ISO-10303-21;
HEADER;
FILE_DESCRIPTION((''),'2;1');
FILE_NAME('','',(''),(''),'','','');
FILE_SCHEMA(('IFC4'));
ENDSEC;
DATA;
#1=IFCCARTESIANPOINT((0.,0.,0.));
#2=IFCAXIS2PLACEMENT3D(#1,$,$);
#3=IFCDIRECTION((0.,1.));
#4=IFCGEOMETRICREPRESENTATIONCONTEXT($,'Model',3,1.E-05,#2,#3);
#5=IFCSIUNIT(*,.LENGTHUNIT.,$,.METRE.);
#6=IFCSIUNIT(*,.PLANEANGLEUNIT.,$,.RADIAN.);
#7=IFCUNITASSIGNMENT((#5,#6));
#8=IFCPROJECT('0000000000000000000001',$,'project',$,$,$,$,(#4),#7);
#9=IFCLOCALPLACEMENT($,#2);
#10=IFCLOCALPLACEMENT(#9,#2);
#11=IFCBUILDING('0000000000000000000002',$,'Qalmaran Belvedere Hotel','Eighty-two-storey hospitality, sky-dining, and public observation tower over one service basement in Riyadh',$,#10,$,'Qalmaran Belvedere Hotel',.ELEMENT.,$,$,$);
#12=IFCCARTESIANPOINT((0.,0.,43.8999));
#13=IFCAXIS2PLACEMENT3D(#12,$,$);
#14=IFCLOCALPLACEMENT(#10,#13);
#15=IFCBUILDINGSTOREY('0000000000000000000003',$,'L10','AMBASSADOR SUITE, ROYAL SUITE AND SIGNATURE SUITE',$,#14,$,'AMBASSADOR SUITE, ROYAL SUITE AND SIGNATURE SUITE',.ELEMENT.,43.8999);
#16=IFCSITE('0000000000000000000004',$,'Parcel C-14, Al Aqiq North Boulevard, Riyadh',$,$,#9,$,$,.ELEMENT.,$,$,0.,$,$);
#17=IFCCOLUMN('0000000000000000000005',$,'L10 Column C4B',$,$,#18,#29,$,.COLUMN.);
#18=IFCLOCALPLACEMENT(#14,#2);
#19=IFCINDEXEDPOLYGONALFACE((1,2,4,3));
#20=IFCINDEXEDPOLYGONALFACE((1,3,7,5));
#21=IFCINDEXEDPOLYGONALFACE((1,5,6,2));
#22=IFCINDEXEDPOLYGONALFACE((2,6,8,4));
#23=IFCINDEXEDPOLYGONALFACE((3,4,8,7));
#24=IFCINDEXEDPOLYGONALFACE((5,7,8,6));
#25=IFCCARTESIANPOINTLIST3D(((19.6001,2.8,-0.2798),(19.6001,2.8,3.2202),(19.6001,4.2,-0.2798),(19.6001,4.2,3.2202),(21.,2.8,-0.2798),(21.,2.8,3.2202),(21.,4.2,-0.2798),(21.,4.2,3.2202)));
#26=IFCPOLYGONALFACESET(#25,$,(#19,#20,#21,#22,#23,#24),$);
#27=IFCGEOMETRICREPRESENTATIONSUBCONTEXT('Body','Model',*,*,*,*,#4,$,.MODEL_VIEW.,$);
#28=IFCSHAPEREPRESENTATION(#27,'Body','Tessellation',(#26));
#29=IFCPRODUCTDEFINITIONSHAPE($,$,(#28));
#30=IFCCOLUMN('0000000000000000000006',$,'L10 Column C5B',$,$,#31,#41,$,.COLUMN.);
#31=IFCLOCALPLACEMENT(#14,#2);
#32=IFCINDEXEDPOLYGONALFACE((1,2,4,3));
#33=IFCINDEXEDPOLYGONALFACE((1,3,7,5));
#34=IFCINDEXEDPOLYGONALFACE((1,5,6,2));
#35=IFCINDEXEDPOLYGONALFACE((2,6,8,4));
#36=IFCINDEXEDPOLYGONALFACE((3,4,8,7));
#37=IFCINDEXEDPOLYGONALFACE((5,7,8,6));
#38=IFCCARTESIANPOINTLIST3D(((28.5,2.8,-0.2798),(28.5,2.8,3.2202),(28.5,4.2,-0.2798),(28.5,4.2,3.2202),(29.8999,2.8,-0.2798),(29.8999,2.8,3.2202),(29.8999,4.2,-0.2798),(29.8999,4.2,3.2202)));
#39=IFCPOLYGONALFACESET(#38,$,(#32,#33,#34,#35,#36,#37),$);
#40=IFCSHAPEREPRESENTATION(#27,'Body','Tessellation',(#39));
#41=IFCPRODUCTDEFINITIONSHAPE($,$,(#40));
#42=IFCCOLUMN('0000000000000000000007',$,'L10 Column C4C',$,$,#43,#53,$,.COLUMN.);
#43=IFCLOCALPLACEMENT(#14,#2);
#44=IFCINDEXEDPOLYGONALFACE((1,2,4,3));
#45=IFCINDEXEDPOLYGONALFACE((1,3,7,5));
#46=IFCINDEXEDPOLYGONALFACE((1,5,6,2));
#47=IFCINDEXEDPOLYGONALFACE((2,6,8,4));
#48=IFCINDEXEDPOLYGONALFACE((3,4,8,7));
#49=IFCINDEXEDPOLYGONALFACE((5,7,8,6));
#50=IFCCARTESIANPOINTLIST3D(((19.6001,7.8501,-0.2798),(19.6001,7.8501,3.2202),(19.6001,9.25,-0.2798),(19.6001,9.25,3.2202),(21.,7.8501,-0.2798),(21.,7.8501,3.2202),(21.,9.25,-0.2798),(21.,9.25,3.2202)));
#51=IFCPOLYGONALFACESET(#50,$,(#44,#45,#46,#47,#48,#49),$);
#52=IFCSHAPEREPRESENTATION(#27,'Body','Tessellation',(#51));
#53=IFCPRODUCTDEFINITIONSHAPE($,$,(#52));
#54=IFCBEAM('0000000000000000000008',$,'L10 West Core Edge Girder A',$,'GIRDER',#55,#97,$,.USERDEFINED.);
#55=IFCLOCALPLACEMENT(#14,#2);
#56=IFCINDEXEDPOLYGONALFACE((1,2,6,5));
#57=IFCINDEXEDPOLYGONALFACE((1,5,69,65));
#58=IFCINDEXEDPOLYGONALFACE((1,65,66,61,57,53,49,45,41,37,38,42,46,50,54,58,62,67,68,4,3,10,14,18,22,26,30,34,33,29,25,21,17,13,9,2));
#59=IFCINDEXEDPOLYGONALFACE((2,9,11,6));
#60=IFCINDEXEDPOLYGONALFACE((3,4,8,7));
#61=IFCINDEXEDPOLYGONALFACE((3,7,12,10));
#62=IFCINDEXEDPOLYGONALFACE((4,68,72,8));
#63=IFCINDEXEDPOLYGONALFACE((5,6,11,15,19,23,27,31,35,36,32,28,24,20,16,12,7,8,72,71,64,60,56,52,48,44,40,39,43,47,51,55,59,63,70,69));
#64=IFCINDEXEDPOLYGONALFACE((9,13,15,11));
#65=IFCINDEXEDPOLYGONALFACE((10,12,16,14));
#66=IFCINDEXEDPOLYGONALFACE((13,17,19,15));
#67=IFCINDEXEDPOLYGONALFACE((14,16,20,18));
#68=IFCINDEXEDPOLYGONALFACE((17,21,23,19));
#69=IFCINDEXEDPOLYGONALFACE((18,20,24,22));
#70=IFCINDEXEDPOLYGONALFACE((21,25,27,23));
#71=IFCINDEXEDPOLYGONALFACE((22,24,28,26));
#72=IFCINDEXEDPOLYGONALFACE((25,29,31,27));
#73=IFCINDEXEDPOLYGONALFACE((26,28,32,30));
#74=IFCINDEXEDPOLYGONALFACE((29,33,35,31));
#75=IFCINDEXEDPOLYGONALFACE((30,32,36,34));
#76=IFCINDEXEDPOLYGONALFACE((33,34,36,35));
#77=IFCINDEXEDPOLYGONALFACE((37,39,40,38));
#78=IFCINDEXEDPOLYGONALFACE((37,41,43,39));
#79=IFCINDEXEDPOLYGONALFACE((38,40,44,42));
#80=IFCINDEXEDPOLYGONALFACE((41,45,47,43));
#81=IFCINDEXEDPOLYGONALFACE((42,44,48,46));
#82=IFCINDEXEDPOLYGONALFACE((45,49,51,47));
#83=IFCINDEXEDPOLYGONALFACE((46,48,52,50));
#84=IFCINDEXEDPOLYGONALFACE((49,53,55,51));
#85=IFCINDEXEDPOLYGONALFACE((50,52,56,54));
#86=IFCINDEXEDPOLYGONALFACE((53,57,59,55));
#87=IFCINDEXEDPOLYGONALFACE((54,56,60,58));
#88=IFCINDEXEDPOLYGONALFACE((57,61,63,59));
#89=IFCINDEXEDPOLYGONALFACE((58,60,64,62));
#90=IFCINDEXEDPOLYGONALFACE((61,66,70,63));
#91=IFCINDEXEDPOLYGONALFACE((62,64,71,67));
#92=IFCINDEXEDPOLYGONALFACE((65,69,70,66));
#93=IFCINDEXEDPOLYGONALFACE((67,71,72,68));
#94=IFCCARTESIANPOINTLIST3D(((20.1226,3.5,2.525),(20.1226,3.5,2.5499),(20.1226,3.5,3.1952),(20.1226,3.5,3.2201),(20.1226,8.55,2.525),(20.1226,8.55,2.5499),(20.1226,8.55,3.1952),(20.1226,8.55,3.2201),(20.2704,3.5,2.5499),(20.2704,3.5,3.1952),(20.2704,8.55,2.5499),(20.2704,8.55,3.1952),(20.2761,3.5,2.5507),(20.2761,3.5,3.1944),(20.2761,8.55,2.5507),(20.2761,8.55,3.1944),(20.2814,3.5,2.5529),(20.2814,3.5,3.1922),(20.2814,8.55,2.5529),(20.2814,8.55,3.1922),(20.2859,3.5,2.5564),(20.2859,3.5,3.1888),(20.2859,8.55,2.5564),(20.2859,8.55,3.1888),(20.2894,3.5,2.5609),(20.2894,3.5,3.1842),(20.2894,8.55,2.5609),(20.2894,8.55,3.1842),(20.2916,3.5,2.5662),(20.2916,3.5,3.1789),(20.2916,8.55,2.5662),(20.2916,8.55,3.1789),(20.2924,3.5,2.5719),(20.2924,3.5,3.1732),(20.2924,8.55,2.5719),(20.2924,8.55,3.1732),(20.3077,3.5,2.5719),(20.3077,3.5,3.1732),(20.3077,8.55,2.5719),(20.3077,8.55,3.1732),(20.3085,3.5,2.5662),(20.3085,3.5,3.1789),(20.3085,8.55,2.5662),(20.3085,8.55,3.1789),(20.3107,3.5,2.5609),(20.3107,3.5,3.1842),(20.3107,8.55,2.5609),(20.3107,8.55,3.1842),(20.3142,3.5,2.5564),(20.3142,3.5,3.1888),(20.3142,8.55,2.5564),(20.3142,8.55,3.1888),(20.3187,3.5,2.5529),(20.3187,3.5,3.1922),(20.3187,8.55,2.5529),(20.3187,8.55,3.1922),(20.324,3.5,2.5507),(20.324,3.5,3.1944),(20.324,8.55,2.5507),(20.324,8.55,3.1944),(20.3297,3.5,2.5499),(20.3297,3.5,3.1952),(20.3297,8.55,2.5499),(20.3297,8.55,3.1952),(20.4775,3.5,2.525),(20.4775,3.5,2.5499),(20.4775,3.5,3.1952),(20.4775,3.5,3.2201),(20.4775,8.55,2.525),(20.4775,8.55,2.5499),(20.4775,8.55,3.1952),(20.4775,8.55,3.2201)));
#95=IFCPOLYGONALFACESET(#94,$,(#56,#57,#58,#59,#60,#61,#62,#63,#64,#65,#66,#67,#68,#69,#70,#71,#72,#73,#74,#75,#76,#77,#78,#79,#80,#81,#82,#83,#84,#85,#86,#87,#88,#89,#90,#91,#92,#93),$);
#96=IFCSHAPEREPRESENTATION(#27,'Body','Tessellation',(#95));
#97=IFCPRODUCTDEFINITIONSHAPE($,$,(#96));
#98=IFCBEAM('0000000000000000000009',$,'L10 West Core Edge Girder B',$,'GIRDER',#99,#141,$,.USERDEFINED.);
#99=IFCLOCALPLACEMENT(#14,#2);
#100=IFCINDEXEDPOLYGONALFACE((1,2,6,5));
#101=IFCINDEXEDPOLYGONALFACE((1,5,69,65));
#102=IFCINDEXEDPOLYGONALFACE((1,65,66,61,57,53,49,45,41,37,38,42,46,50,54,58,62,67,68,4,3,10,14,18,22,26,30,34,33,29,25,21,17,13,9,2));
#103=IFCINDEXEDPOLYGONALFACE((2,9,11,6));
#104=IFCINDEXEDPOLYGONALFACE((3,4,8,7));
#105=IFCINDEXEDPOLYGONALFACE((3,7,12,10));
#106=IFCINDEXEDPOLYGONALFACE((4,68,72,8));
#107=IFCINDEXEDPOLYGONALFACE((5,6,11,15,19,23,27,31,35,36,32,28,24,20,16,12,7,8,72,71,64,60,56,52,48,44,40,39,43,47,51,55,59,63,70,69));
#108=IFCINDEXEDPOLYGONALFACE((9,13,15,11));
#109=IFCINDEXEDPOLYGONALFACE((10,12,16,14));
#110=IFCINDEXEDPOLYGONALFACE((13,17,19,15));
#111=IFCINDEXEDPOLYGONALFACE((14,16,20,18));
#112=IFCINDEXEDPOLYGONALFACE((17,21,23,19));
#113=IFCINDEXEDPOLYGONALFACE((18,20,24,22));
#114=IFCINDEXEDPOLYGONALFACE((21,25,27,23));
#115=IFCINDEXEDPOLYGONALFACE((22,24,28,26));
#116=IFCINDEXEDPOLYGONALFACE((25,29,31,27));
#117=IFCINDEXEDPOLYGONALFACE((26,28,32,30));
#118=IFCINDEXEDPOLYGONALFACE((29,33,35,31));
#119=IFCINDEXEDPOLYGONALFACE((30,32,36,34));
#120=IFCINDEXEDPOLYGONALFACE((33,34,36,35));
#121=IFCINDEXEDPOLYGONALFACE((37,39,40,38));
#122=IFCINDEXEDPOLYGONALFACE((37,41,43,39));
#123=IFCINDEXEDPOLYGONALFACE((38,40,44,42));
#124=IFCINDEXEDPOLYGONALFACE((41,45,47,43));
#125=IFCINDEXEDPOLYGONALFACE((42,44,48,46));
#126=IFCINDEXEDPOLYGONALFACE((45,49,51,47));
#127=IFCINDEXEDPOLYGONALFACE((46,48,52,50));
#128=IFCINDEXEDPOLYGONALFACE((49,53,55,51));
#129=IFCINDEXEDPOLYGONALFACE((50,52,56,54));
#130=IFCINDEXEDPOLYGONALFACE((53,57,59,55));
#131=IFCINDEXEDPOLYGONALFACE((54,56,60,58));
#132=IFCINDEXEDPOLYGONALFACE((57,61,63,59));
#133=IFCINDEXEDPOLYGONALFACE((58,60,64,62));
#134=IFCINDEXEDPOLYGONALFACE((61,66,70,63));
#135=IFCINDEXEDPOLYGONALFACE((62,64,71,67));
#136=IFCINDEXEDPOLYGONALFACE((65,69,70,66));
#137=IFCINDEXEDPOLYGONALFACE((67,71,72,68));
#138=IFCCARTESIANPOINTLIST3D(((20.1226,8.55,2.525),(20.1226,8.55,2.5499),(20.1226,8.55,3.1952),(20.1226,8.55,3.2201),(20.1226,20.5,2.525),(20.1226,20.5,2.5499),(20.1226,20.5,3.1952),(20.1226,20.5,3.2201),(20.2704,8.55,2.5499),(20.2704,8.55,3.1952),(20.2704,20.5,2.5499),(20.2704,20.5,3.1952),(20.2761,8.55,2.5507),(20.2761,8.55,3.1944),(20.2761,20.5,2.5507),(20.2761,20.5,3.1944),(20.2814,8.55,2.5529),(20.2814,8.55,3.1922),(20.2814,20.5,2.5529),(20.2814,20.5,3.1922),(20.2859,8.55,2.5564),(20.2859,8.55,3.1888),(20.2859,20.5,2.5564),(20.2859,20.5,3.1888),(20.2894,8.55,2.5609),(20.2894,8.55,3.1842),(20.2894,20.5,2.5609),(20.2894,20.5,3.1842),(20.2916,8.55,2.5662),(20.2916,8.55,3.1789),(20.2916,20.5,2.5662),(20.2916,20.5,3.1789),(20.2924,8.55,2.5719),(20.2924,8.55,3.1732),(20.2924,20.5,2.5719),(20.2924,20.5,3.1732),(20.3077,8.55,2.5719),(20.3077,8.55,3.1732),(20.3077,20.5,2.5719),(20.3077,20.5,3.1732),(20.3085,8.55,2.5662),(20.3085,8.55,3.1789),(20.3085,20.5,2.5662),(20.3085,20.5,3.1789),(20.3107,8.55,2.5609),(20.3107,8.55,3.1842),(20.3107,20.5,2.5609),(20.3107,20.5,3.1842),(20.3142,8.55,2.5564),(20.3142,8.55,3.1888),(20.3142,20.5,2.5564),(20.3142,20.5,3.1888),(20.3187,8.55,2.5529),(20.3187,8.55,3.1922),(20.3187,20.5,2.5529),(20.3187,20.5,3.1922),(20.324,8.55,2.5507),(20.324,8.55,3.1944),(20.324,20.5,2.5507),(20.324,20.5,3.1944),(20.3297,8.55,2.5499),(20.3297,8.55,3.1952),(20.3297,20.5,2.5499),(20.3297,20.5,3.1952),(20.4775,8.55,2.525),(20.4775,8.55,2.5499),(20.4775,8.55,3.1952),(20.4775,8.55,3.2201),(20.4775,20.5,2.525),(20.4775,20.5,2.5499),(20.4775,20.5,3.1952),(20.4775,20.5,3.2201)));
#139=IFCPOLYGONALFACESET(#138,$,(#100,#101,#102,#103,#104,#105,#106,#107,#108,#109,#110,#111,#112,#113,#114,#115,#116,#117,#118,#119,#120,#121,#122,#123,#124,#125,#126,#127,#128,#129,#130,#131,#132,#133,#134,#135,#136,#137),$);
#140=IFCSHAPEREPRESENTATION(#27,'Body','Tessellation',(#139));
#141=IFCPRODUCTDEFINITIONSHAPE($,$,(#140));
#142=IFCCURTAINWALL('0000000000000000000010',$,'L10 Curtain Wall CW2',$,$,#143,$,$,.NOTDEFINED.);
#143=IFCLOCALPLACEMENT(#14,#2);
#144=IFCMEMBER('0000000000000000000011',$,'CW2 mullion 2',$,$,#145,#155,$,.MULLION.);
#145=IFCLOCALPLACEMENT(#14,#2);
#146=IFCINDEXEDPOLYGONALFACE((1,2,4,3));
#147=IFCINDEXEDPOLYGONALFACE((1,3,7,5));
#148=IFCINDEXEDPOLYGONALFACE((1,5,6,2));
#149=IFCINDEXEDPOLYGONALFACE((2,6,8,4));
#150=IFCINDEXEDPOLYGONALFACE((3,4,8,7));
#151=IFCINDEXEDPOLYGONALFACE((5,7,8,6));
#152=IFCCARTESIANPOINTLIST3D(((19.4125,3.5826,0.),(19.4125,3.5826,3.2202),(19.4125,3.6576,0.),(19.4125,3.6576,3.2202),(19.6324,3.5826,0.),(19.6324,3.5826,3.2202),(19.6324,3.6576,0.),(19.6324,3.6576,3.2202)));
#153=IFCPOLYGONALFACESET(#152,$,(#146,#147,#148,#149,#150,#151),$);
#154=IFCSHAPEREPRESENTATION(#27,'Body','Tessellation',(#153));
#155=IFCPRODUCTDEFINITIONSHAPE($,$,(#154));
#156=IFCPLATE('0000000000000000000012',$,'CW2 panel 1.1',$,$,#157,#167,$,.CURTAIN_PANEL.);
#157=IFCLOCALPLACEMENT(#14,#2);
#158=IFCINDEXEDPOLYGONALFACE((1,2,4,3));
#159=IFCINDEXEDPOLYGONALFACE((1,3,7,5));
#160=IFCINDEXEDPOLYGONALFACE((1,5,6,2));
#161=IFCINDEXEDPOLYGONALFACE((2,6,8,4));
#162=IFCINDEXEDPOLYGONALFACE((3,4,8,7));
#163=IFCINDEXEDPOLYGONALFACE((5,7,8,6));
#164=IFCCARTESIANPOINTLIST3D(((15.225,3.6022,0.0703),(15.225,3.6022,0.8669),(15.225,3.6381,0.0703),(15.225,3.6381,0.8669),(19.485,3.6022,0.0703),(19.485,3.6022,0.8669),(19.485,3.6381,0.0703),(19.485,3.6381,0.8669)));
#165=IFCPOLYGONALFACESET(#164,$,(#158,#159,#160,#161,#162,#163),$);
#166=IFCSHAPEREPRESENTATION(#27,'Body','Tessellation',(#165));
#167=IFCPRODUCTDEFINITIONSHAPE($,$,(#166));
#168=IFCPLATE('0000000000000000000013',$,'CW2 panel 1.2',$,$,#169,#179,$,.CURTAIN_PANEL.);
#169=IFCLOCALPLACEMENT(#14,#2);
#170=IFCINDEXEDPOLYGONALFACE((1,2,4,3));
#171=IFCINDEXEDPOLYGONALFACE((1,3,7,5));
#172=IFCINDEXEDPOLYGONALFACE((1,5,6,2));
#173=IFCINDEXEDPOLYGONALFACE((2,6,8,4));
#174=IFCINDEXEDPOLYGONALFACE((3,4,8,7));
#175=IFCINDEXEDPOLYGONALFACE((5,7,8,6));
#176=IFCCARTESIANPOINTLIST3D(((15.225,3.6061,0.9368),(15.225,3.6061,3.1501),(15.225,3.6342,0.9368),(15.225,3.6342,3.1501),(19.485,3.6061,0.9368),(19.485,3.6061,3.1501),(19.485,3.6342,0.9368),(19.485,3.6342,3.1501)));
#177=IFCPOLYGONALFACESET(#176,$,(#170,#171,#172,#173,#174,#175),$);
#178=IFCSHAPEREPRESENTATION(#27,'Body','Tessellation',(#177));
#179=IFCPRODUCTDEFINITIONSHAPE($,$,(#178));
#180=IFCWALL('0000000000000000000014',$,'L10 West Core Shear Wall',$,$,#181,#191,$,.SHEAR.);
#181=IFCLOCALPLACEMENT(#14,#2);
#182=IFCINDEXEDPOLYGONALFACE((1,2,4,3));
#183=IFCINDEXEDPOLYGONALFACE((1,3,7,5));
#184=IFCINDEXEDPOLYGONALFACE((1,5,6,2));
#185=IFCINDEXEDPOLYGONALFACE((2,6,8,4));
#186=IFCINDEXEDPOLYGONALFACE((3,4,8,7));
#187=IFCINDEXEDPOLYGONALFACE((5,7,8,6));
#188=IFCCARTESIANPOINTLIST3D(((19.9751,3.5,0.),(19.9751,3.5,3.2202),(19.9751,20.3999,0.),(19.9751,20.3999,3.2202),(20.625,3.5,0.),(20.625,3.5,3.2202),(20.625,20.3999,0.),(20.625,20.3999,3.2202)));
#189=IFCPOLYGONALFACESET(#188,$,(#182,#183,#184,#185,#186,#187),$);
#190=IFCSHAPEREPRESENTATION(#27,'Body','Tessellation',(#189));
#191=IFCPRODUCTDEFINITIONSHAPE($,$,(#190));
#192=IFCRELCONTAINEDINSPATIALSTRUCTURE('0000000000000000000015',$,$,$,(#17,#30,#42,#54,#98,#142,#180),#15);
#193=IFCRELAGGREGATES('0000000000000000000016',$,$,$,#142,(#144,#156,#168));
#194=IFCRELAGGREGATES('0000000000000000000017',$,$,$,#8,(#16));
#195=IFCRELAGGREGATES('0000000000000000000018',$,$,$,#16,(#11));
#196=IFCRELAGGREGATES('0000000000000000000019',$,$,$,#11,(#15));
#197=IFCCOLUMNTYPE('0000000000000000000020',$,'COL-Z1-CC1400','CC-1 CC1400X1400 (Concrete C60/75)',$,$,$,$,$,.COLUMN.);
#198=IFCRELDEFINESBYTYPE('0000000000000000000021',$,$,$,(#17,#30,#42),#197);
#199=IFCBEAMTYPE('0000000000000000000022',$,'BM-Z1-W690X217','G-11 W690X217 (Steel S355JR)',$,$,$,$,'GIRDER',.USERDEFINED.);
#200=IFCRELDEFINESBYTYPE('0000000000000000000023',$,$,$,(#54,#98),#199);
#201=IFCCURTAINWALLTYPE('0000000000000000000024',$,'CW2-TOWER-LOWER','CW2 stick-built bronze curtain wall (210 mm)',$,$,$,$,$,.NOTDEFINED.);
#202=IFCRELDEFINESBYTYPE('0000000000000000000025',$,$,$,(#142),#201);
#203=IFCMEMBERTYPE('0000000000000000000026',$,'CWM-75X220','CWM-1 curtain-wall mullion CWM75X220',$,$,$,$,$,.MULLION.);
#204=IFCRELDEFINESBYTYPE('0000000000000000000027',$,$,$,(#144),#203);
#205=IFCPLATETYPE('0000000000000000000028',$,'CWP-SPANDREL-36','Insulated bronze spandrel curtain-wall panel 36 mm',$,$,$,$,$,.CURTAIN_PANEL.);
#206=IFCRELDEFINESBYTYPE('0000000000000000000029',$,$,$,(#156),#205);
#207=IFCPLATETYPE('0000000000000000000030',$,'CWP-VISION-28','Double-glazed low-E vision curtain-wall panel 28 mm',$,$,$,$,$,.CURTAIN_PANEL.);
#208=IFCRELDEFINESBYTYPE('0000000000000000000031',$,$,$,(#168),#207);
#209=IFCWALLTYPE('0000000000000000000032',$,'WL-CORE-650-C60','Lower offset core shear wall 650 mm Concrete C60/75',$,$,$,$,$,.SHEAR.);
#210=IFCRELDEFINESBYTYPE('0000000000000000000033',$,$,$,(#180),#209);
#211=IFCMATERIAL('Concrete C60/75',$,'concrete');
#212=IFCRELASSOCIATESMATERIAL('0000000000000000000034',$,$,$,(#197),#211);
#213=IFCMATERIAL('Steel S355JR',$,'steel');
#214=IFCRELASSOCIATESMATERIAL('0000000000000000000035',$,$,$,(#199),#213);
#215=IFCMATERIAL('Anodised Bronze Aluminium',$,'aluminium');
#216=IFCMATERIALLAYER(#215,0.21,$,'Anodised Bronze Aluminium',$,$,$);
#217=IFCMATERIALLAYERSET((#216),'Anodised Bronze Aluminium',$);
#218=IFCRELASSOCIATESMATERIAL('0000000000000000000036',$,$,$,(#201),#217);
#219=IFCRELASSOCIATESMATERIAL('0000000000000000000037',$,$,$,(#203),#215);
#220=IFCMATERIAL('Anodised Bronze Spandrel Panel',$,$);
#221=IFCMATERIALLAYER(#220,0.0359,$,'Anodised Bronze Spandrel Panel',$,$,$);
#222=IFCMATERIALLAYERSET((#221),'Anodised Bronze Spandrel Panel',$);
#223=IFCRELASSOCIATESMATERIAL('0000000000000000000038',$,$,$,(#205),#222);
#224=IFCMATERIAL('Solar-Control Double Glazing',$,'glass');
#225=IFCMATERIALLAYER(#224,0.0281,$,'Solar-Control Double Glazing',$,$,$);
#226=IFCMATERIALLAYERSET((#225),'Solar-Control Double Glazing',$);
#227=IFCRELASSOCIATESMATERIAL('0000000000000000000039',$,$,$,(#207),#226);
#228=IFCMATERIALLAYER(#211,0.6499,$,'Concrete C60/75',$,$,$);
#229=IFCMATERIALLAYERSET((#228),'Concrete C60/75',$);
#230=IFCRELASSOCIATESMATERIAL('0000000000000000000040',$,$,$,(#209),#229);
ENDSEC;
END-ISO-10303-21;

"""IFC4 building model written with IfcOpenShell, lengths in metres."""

from ifc_helpers import new_model, si_unit, direction, frame, frame_2d, origin, origin_2d, place, context, subcontext, project, spatial, rectangle, i_section, extrude, material, layer, layer_set, material_profile, profile_set, type_object, element, aggregate, save


model = new_model("IFC4")

# Units and contexts
model_context = context("Model", 3, precision=1e-05, world=origin(), true_north=direction((0.0, 1.0)))
body_context = subcontext(model_context, "Body", "Model", "MODEL_VIEW")
ifc_project = project(units=[si_unit("LENGTHUNIT", "METRE"), si_unit("PLANEANGLEUNIT", "RADIAN")], contexts=[model_context])

# Site, building, storey
site_placement = place(None, origin())
site = spatial("IfcSite", under=ifc_project, at=site_placement, Name="Parcel C-14, Al Aqiq North Boulevard, Riyadh", CompositionType="ELEMENT", RefElevation=0.0)
building_placement = place(site_placement, origin())
building = spatial("IfcBuilding", under=site, at=building_placement, Name="Qalmaran Belvedere Hotel", Description="Eighty-two-storey hospitality, sky-dining, and public observation tower over one service basement in Riyadh", LongName="Qalmaran Belvedere Hotel", CompositionType="ELEMENT")
storey_placement = place(building_placement, frame((0.0, 0.0, 43.8999)))
storey = spatial("IfcBuildingStorey", under=building, at=storey_placement, Name="L10", Description="AMBASSADOR SUITE, ROYAL SUITE AND SIGNATURE SUITE", LongName="AMBASSADOR SUITE, ROYAL SUITE AND SIGNATURE SUITE", CompositionType="ELEMENT", Elevation=43.8999)

# Columns
ifc_material_1 = material(Name="Concrete C60/75", Category="concrete")
ifc_material_profile_1 = material_profile(ifc_material_1, rectangle(XDim=1.3999, YDim=1.3999, at=origin_2d()), Name="CC1400X1400")
ifc_profile_set_1 = profile_set([ifc_material_profile_1], Name="Concrete C60/75")
column_type = type_object("IfcColumnType", Name="COL-Z1-CC1400", Description="CC-1 CC1400X1400 (Concrete C60/75)", PredefinedType="COLUMN", material=ifc_profile_set_1)
for number, where, z_axis, x_axis, name in (
    (1, (20.3, 3.5, -0.2798), (0.0, 0.0, 1.0), (1.0, 0.0, 0.0), "L10 Column C4B"),
    (2, (29.2, 3.5, -0.2798), (0.0, 0.0, 1.0), (1.0, 0.0, 0.0), "L10 Column C5B"),
    (3, (20.3, 8.55, -0.2798), (0.0, 0.0, 1.0), (1.0, 0.0, 0.0), "L10 Column C4C"),
):
    element("IfcColumn", number, at=place(storey_placement, frame(where, z_axis=z_axis, x_axis=x_axis)), inside=storey, type_object=column_type, Name=name, PredefinedType="COLUMN", context=body_context, shape_type="SweptSolid", body=[
        extrude(rectangle(XDim=1.3999, YDim=1.3999, at=origin_2d()), origin(), (0.0, 0.0, 1.0), 3.5),
    ])

# Beams
ifc_material_2 = material(Name="Steel S355JR", Category="steel")
ifc_material_profile_2 = material_profile(ifc_material_2, i_section(OverallWidth=0.355, OverallDepth=0.6951, WebThickness=0.0154, FlangeThickness=0.0249, FilletRadius=0.022, at=origin_2d()), Name="W690X217")
ifc_profile_set_2 = profile_set([ifc_material_profile_2], Name="Steel S355JR")
beam_type = type_object("IfcBeamType", Name="BM-Z1-W690X217", Description="G-11 W690X217 (Steel S355JR)", ElementType="GIRDER", PredefinedType="USERDEFINED", material=ifc_profile_set_2)
beam_1_placement = place(storey_placement, frame((20.3, 3.5, 2.8726), z_axis=(0.0, 1.0, 0.0), x_axis=(-1.0, 0.0, 0.0)))
element("IfcBeam", 4, at=beam_1_placement, inside=storey, type_object=beam_type, Name="L10 West Core Edge Girder A", ObjectType="GIRDER", PredefinedType="USERDEFINED", context=body_context, shape_type="SweptSolid", body=[
    extrude(i_section(OverallWidth=0.355, OverallDepth=0.6951, WebThickness=0.0154, FlangeThickness=0.0249, FilletRadius=0.022, at=origin_2d()), origin(), (0.0, 0.0, 1.0), 5.05),
])
beam_2_placement = place(storey_placement, frame((20.3, 8.55, 2.8726), z_axis=(0.0, 1.0, 0.0), x_axis=(-1.0, 0.0, 0.0)))
element("IfcBeam", 5, at=beam_2_placement, inside=storey, type_object=beam_type, Name="L10 West Core Edge Girder B", ObjectType="GIRDER", PredefinedType="USERDEFINED", context=body_context, shape_type="SweptSolid", body=[
    extrude(i_section(OverallWidth=0.355, OverallDepth=0.6951, WebThickness=0.0154, FlangeThickness=0.0249, FilletRadius=0.022, at=origin_2d()), origin(), (0.0, 0.0, 1.0), 11.95),
])

# Curtain wall, member, plates
ifc_material_3 = material(Name="Anodised Bronze Aluminium", Category="aluminium")
ifc_layer_1 = layer(ifc_material_3, 0.21, Name="Anodised Bronze Aluminium")
ifc_layer_set_1 = layer_set([ifc_layer_1], Name="Anodised Bronze Aluminium")
curtain_wall_type = type_object("IfcCurtainWallType", Name="CW2-TOWER-LOWER", Description="CW2 stick-built bronze curtain wall (210 mm)", PredefinedType="NOTDEFINED", material=ifc_layer_set_1)
curtain_wall_placement = place(storey_placement, origin())
curtain_wall = element("IfcCurtainWall", 6, at=curtain_wall_placement, inside=storey, type_object=curtain_wall_type, Name="L10 Curtain Wall CW2", PredefinedType="NOTDEFINED")
ifc_material_profile_3 = material_profile(ifc_material_3, rectangle(XDim=0.075, YDim=0.22, at=origin_2d()), Name="CWM75X220")
ifc_profile_set_3 = profile_set([ifc_material_profile_3], Name="Anodised Bronze Aluminium")
member_type = type_object("IfcMemberType", Name="CWM-75X220", Description="CWM-1 curtain-wall mullion CWM75X220", PredefinedType="MULLION", material=ifc_profile_set_3)
member_placement = place(storey_placement, frame((19.5225, 3.6201, 0.0), z_axis=(0.0, 0.0, 1.0), x_axis=(0.0, 1.0, 0.0)))
member = element("IfcMember", 7, at=member_placement, type_object=member_type, Name="CW2 mullion 2", PredefinedType="MULLION", context=body_context, shape_type="SweptSolid", body=[
    extrude(rectangle(XDim=0.075, YDim=0.22, at=origin_2d()), origin(), (0.0, 0.0, 1.0), 3.2202),
])
ifc_material_4 = material(Name="Anodised Bronze Spandrel Panel")
ifc_layer_2 = layer(ifc_material_4, 0.0359, Name="Anodised Bronze Spandrel Panel")
ifc_layer_set_2 = layer_set([ifc_layer_2], Name="Anodised Bronze Spandrel Panel")
plate_type_1 = type_object("IfcPlateType", Name="CWP-SPANDREL-36", Description="Insulated bronze spandrel curtain-wall panel 36 mm", PredefinedType="CURTAIN_PANEL", material=ifc_layer_set_2)
plate_1_placement = place(storey_placement, frame((17.355, 3.6201, 0.0703), z_axis=(0.0, 0.0, 1.0), x_axis=(1.0, 0.0, 0.0)))
plate_1 = element("IfcPlate", 8, at=plate_1_placement, type_object=plate_type_1, Name="CW2 panel 1.1", PredefinedType="CURTAIN_PANEL", context=body_context, shape_type="SweptSolid", body=[
    extrude(rectangle(XDim=4.26, YDim=0.0359, at=origin_2d()), origin(), (0.0, 0.0, 1.0), 0.7966),
])
ifc_material_5 = material(Name="Solar-Control Double Glazing", Category="glass")
ifc_layer_3 = layer(ifc_material_5, 0.0281, Name="Solar-Control Double Glazing")
ifc_layer_set_3 = layer_set([ifc_layer_3], Name="Solar-Control Double Glazing")
plate_type_2 = type_object("IfcPlateType", Name="CWP-VISION-28", Description="Double-glazed low-E vision curtain-wall panel 28 mm", PredefinedType="CURTAIN_PANEL", material=ifc_layer_set_3)
plate_2_placement = place(storey_placement, frame((17.355, 3.6201, 0.9368), z_axis=(0.0, 0.0, 1.0), x_axis=(1.0, 0.0, 0.0)))
plate_2 = element("IfcPlate", 9, at=plate_2_placement, type_object=plate_type_2, Name="CW2 panel 1.2", PredefinedType="CURTAIN_PANEL", context=body_context, shape_type="SweptSolid", body=[
    extrude(rectangle(XDim=4.26, YDim=0.0281, at=origin_2d()), origin(), (0.0, 0.0, 1.0), 2.2134),
])
aggregate(curtain_wall, [member, plate_1, plate_2])

# Wall
ifc_layer_4 = layer(ifc_material_1, 0.6499, Name="Concrete C60/75")
ifc_layer_set_4 = layer_set([ifc_layer_4], Name="Concrete C60/75")
wall_type_1 = type_object("IfcWallType", Name="WL-CORE-650-C60", Description="Lower offset core shear wall 650 mm Concrete C60/75", PredefinedType="SHEAR", material=ifc_layer_set_4)
wall_1_placement = place(storey_placement, frame((20.3, 3.5, 0.0), z_axis=(0.0, 0.0, 1.0), x_axis=(0.0, 1.0, 0.0)))
element("IfcWall", 10, at=wall_1_placement, inside=storey, type_object=wall_type_1, Name="L10 West Core Shear Wall", PredefinedType="SHEAR", context=body_context, shape_type="SweptSolid", body=[
    extrude(rectangle(XDim=16.8999, YDim=0.6499, at=frame_2d((8.45, 0.0))), origin(), (0.0, 0.0, 1.0), 3.2202),
])

save(model, "model.ifc")
